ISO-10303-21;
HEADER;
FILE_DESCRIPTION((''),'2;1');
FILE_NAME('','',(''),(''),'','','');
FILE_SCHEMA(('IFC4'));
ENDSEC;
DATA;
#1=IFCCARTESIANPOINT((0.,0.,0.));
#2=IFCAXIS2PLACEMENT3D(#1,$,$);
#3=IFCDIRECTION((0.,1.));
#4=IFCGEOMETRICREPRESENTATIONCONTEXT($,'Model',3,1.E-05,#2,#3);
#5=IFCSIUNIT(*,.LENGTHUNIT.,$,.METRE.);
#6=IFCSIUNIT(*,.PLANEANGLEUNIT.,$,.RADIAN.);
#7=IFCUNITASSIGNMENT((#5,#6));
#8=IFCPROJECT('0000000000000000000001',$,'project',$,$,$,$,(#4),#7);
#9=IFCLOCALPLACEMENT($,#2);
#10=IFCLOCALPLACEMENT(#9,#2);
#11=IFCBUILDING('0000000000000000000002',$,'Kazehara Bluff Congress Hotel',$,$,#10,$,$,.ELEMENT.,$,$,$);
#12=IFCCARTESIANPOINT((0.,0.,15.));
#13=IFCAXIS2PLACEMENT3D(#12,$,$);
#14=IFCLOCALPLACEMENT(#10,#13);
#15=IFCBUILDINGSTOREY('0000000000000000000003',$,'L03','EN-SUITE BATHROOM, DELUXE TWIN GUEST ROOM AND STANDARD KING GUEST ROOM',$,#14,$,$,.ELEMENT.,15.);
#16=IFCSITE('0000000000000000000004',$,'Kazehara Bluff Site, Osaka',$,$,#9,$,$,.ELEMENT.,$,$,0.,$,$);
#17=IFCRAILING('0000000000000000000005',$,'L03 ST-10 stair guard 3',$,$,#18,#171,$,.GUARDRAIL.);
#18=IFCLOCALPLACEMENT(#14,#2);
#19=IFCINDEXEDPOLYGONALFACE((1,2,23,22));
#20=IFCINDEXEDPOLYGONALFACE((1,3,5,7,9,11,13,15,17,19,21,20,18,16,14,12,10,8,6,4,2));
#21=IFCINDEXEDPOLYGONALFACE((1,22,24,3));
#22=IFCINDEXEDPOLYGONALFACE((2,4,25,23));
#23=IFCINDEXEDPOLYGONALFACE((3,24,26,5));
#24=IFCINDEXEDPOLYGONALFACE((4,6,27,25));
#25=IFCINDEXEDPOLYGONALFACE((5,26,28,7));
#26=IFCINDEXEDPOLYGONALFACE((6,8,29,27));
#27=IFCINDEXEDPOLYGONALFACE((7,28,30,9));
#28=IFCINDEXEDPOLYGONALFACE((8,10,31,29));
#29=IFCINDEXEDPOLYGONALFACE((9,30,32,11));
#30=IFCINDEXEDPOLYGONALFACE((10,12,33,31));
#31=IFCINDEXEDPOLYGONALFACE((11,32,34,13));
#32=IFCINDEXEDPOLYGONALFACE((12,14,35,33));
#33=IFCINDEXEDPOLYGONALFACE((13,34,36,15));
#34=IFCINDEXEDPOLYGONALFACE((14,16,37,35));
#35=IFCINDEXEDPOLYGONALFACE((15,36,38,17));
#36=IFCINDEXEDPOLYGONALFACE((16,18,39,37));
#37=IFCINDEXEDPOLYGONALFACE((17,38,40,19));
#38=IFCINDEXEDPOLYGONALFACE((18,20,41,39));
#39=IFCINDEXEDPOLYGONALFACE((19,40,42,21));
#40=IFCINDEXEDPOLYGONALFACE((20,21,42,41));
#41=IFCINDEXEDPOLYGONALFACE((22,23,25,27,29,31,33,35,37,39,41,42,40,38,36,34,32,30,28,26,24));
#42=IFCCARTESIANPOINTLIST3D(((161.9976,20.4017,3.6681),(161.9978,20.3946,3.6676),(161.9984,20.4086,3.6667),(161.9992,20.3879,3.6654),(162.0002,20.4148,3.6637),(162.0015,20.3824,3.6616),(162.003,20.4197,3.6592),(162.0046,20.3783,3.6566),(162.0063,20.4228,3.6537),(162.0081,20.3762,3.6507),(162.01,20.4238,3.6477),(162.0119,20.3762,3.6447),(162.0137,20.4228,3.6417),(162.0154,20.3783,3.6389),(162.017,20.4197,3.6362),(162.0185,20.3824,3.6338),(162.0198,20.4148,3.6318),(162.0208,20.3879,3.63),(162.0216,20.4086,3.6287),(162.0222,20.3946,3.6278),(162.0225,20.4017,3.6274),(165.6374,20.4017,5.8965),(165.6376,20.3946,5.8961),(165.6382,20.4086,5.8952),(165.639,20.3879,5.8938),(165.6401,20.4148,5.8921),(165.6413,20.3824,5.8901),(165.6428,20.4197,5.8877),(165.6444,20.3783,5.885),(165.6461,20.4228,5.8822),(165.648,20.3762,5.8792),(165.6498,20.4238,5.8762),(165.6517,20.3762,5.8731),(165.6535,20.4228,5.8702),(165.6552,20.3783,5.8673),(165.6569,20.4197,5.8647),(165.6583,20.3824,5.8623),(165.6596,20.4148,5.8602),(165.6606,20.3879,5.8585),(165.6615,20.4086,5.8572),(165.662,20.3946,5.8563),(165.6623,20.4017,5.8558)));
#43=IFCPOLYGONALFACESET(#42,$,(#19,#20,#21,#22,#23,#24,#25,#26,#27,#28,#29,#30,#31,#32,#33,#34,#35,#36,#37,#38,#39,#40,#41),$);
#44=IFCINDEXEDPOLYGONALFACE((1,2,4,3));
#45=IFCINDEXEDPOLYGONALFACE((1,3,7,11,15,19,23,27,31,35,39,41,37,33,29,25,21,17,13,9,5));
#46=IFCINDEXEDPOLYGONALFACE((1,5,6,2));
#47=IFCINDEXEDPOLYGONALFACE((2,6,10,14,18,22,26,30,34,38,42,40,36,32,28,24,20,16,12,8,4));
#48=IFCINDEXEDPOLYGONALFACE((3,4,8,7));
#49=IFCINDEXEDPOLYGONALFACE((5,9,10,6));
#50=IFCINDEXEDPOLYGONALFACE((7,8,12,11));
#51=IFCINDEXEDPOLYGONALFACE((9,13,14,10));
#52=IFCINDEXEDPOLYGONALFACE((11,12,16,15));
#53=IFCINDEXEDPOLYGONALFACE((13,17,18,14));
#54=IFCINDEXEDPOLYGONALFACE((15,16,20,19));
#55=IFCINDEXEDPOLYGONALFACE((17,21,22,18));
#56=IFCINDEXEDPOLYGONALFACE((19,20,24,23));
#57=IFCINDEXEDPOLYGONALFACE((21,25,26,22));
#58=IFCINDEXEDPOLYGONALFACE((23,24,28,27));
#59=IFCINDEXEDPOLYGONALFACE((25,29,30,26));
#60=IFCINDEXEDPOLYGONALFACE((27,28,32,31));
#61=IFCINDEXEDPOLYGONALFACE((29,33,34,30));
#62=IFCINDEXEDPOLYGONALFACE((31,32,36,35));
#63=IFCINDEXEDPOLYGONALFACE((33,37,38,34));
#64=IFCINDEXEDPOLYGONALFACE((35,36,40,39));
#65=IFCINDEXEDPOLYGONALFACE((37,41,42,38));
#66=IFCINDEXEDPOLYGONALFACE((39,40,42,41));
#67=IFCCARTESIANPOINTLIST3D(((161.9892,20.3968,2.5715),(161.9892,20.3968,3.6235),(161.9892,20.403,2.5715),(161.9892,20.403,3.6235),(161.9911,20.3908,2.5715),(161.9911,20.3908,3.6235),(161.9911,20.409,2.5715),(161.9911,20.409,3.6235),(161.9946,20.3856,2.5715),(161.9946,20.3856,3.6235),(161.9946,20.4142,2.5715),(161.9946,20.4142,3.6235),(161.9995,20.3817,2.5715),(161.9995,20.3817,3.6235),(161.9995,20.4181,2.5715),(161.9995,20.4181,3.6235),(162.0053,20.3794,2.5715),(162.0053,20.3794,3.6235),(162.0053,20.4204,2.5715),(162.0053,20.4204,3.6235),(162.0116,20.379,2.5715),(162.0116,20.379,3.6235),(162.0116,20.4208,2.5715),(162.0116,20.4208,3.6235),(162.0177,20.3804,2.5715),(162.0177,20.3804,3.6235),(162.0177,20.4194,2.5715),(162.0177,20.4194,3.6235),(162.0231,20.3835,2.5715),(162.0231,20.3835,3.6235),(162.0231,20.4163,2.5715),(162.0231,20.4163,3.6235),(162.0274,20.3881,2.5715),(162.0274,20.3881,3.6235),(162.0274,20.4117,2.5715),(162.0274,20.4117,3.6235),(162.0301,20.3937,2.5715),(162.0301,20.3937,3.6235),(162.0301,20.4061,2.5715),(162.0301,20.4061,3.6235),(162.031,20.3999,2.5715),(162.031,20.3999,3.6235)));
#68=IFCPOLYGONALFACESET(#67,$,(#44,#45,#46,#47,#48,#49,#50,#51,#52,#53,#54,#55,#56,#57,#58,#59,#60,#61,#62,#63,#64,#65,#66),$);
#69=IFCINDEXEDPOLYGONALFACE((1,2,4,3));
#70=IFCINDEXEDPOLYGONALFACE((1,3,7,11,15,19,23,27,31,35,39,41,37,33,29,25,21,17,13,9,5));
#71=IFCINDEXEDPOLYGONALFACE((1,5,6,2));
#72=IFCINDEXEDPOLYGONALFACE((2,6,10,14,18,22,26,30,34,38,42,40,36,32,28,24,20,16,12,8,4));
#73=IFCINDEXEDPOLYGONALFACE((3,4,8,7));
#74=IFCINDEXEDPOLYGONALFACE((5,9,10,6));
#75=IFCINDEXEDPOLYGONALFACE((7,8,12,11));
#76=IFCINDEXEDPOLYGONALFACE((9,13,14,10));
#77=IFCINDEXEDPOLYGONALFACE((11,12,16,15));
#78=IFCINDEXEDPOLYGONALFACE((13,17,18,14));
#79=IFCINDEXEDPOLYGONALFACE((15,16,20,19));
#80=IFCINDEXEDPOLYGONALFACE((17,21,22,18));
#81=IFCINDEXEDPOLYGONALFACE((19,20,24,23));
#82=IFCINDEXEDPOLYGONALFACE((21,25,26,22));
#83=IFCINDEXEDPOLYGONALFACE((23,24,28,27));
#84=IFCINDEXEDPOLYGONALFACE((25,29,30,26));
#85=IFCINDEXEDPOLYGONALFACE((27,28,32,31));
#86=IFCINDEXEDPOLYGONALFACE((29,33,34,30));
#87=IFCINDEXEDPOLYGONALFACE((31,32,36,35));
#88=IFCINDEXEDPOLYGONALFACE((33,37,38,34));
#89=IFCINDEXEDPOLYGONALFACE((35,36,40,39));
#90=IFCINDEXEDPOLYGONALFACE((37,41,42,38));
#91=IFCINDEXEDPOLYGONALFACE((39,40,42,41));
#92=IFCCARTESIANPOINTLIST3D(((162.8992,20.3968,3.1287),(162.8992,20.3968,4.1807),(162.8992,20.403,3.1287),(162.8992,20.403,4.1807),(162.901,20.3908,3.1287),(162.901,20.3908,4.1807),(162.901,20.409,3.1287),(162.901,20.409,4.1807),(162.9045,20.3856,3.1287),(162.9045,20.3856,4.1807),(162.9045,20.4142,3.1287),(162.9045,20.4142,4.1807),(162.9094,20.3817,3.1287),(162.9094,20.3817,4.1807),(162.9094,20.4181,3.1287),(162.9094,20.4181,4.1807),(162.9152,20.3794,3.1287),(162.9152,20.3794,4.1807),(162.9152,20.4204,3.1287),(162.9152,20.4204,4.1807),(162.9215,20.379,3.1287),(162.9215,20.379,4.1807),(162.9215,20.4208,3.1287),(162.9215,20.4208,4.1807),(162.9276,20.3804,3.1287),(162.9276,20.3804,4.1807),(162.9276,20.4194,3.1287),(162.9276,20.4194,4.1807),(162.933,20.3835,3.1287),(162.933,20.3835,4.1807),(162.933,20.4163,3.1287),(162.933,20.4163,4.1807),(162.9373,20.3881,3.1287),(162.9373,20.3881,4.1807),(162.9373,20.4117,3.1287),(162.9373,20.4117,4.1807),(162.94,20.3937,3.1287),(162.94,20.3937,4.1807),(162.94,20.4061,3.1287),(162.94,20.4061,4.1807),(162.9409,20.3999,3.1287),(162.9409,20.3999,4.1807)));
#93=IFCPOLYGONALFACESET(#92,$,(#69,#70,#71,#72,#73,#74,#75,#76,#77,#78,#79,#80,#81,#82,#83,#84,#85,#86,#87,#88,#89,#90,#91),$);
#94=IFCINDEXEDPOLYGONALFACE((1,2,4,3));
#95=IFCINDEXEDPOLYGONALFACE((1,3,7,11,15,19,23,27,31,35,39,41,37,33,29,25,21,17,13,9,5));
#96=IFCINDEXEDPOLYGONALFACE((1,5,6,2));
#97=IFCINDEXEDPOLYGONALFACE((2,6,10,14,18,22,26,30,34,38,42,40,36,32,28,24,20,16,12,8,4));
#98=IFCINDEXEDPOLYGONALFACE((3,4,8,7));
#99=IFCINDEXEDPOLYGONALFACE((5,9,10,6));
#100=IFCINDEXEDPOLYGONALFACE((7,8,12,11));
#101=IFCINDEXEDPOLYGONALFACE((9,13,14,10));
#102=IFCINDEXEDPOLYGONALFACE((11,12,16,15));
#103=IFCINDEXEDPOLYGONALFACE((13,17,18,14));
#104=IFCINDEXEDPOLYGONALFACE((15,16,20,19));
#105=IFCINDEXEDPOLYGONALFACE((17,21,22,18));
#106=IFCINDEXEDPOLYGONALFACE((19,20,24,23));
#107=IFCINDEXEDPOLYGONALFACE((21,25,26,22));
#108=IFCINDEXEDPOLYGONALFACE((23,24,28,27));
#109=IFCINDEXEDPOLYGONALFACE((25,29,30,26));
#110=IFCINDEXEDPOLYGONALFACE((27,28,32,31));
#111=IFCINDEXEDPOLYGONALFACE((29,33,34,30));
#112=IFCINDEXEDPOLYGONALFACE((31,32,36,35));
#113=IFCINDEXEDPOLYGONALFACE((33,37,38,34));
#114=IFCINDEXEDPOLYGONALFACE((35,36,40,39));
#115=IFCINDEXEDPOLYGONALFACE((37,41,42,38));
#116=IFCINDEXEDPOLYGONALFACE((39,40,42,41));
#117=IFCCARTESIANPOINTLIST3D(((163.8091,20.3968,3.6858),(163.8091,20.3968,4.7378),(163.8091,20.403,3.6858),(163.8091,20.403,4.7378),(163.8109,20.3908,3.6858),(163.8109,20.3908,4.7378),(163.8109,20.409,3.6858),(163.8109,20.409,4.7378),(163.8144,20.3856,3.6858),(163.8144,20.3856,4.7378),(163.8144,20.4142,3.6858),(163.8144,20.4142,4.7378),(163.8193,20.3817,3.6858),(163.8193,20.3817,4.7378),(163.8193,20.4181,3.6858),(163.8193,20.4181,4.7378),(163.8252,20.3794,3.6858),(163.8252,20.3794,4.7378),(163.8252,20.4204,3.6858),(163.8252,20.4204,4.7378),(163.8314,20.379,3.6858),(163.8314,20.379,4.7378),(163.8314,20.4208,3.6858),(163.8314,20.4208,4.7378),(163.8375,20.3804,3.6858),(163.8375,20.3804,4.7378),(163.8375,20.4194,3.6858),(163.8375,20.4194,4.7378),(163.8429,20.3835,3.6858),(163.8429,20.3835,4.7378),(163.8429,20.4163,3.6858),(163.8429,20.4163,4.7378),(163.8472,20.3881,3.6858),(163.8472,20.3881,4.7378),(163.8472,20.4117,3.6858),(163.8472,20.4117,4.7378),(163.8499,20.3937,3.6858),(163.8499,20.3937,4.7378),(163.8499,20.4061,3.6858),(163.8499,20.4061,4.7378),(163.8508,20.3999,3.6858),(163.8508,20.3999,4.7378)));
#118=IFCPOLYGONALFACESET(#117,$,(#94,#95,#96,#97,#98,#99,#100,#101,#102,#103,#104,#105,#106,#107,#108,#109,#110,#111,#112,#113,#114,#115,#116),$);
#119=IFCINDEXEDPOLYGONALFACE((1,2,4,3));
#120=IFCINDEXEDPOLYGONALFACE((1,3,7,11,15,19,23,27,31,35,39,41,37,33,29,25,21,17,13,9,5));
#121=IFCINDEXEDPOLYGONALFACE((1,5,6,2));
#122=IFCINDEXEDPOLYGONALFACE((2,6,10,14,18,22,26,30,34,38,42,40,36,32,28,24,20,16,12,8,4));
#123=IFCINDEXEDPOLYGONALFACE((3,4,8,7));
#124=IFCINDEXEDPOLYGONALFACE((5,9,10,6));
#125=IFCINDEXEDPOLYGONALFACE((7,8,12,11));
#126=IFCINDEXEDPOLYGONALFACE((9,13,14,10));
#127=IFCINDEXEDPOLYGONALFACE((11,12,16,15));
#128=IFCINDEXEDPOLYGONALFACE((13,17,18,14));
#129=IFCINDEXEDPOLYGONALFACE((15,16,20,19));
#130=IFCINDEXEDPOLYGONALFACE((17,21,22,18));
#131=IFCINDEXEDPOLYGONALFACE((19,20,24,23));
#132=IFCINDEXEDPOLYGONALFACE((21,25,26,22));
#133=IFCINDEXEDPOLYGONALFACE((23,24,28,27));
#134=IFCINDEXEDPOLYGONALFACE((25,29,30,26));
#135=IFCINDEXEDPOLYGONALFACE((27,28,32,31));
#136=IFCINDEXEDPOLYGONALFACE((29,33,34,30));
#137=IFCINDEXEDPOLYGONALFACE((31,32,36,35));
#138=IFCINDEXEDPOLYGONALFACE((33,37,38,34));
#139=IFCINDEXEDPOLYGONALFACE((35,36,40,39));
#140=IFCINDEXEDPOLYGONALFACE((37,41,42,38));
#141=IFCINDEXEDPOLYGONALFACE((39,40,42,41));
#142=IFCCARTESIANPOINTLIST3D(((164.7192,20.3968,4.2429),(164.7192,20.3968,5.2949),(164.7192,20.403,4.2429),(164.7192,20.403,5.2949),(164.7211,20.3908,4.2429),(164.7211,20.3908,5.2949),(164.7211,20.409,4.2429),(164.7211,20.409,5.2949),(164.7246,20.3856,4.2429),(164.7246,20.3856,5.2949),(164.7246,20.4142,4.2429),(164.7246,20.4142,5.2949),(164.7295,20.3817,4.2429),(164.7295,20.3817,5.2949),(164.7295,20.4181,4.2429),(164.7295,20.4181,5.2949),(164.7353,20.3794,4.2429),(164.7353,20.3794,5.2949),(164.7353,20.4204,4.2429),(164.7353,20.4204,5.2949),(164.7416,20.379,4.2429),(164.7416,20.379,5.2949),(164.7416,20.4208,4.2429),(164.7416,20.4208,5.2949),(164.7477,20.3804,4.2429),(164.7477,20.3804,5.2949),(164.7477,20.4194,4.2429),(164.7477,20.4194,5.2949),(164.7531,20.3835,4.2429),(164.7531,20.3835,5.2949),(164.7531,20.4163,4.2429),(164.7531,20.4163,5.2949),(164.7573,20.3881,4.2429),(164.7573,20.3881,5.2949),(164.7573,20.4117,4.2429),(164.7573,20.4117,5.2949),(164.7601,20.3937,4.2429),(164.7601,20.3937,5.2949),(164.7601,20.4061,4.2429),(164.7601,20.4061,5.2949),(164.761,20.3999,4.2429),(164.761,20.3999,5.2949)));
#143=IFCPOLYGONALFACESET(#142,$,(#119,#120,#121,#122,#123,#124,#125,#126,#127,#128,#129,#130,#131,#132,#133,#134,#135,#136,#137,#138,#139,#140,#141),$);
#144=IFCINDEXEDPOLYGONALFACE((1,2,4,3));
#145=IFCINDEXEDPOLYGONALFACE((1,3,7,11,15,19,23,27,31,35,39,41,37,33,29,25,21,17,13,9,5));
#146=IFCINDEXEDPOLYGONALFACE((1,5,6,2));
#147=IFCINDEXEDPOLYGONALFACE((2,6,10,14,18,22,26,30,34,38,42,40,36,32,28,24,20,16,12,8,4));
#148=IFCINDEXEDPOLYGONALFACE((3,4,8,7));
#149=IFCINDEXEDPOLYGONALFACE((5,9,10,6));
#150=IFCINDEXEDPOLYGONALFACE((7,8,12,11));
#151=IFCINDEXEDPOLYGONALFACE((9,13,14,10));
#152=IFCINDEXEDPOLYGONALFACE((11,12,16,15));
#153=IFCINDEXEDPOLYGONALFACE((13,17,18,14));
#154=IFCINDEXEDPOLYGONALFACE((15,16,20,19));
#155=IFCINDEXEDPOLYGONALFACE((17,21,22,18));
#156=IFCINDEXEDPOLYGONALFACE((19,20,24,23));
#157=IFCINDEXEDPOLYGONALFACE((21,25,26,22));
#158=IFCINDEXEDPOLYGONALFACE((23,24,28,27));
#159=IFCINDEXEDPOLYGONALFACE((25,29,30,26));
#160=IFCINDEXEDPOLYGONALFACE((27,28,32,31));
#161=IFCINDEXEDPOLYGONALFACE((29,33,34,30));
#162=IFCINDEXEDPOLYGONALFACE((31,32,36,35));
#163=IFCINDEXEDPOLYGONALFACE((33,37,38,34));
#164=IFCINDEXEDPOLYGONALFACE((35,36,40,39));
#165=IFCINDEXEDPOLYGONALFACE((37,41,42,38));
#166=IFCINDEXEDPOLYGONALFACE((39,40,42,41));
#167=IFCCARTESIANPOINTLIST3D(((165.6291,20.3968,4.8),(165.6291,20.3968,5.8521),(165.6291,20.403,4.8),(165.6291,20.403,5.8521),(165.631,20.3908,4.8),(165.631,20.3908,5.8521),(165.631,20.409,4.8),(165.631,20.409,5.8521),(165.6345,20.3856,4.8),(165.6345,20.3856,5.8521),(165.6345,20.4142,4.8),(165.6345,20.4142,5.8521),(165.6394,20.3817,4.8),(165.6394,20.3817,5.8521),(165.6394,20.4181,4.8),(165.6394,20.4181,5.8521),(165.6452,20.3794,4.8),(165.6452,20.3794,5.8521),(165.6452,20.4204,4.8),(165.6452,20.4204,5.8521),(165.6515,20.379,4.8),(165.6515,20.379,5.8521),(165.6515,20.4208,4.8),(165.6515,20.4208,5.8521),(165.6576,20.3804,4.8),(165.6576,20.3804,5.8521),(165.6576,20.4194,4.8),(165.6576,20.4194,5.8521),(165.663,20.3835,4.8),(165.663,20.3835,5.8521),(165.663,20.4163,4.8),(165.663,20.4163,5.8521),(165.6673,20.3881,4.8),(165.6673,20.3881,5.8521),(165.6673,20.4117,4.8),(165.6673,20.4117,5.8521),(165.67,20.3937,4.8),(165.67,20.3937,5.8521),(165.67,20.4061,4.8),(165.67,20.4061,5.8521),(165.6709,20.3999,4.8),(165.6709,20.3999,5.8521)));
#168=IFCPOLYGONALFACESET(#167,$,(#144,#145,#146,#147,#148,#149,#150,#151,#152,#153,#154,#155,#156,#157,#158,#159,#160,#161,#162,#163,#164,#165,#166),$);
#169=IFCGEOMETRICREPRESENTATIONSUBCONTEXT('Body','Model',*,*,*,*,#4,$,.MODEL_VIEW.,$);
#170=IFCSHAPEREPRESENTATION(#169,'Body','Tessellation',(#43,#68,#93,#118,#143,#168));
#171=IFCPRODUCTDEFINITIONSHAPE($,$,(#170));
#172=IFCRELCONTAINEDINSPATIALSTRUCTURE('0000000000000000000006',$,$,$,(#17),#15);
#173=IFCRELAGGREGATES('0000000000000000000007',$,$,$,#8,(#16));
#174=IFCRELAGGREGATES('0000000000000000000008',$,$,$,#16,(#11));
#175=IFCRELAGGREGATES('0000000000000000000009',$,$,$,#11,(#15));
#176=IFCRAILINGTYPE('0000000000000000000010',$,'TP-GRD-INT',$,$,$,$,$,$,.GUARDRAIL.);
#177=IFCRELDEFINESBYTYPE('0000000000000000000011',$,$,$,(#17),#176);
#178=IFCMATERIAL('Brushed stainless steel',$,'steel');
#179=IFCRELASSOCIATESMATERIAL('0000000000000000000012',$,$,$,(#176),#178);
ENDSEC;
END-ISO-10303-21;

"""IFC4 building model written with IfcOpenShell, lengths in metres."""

from ifc_helpers import new_model, si_unit, direction, frame, origin, origin_2d, place, context, subcontext, project, spatial, circle, extrude, material, type_object, element, save


model = new_model("IFC4")

# Units and contexts
model_context = context("Model", 3, precision=1e-05, world=origin(), true_north=direction((0.0, 1.0)))
body_context = subcontext(model_context, "Body", "Model", "MODEL_VIEW")
ifc_project = project(units=[si_unit("LENGTHUNIT", "METRE"), si_unit("PLANEANGLEUNIT", "RADIAN")], contexts=[model_context])

# Site, building, storey
site_placement = place(None, origin())
site = spatial("IfcSite", under=ifc_project, at=site_placement, Name="Kazehara Bluff Site, Osaka", CompositionType="ELEMENT", RefElevation=0.0)
building_placement = place(site_placement, origin())
building = spatial("IfcBuilding", under=site, at=building_placement, Name="Kazehara Bluff Congress Hotel", CompositionType="ELEMENT")
storey_placement = place(building_placement, frame((0.0, 0.0, 15.0)))
storey = spatial("IfcBuildingStorey", under=building, at=storey_placement, Name="L03", Description="EN-SUITE BATHROOM, DELUXE TWIN GUEST ROOM AND STANDARD KING GUEST ROOM", CompositionType="ELEMENT", Elevation=15.0)

# Railing
ifc_material_1 = material(Name="Brushed stainless steel", Category="steel")
railing_type_1 = type_object("IfcRailingType", Name="TP-GRD-INT", PredefinedType="GUARDRAIL", material=ifc_material_1)
railing_1_placement = place(storey_placement, frame((162.01, 20.3999, 2.5715)))
element("IfcRailing", 1, at=railing_1_placement, inside=storey, type_object=railing_type_1, Name="L03 ST-10 stair guard 3", PredefinedType="GUARDRAIL", context=body_context, shape_type="SweptSolid", body=[
    extrude(circle(Radius=0.0239, at=origin_2d()), frame((0.0, 0.0, 1.0762), z_axis=(0.85285, 0.0, 0.522156), x_axis=(0.0, 1.0, 0.0)), (0.0, 0.0, 1.0), 4.2678),
    extrude(circle(Radius=0.021, at=origin_2d()), origin(), (0.0, 0.0, 1.0), 1.052),
    extrude(circle(Radius=0.021, at=origin_2d()), frame((0.9099, 0.0, 0.5571)), (0.0, 0.0, 1.0), 1.052),
    extrude(circle(Radius=0.021, at=origin_2d()), frame((1.8198, 0.0, 1.1143)), (0.0, 0.0, 1.0), 1.052),
    extrude(circle(Radius=0.021, at=origin_2d()), frame((2.73, 0.0, 1.6714)), (0.0, 0.0, 1.0), 1.052),
    extrude(circle(Radius=0.021, at=origin_2d()), frame((3.6399, 0.0, 2.2285)), (0.0, 0.0, 1.0), 1.052),
])

save(model, "model.ifc")
